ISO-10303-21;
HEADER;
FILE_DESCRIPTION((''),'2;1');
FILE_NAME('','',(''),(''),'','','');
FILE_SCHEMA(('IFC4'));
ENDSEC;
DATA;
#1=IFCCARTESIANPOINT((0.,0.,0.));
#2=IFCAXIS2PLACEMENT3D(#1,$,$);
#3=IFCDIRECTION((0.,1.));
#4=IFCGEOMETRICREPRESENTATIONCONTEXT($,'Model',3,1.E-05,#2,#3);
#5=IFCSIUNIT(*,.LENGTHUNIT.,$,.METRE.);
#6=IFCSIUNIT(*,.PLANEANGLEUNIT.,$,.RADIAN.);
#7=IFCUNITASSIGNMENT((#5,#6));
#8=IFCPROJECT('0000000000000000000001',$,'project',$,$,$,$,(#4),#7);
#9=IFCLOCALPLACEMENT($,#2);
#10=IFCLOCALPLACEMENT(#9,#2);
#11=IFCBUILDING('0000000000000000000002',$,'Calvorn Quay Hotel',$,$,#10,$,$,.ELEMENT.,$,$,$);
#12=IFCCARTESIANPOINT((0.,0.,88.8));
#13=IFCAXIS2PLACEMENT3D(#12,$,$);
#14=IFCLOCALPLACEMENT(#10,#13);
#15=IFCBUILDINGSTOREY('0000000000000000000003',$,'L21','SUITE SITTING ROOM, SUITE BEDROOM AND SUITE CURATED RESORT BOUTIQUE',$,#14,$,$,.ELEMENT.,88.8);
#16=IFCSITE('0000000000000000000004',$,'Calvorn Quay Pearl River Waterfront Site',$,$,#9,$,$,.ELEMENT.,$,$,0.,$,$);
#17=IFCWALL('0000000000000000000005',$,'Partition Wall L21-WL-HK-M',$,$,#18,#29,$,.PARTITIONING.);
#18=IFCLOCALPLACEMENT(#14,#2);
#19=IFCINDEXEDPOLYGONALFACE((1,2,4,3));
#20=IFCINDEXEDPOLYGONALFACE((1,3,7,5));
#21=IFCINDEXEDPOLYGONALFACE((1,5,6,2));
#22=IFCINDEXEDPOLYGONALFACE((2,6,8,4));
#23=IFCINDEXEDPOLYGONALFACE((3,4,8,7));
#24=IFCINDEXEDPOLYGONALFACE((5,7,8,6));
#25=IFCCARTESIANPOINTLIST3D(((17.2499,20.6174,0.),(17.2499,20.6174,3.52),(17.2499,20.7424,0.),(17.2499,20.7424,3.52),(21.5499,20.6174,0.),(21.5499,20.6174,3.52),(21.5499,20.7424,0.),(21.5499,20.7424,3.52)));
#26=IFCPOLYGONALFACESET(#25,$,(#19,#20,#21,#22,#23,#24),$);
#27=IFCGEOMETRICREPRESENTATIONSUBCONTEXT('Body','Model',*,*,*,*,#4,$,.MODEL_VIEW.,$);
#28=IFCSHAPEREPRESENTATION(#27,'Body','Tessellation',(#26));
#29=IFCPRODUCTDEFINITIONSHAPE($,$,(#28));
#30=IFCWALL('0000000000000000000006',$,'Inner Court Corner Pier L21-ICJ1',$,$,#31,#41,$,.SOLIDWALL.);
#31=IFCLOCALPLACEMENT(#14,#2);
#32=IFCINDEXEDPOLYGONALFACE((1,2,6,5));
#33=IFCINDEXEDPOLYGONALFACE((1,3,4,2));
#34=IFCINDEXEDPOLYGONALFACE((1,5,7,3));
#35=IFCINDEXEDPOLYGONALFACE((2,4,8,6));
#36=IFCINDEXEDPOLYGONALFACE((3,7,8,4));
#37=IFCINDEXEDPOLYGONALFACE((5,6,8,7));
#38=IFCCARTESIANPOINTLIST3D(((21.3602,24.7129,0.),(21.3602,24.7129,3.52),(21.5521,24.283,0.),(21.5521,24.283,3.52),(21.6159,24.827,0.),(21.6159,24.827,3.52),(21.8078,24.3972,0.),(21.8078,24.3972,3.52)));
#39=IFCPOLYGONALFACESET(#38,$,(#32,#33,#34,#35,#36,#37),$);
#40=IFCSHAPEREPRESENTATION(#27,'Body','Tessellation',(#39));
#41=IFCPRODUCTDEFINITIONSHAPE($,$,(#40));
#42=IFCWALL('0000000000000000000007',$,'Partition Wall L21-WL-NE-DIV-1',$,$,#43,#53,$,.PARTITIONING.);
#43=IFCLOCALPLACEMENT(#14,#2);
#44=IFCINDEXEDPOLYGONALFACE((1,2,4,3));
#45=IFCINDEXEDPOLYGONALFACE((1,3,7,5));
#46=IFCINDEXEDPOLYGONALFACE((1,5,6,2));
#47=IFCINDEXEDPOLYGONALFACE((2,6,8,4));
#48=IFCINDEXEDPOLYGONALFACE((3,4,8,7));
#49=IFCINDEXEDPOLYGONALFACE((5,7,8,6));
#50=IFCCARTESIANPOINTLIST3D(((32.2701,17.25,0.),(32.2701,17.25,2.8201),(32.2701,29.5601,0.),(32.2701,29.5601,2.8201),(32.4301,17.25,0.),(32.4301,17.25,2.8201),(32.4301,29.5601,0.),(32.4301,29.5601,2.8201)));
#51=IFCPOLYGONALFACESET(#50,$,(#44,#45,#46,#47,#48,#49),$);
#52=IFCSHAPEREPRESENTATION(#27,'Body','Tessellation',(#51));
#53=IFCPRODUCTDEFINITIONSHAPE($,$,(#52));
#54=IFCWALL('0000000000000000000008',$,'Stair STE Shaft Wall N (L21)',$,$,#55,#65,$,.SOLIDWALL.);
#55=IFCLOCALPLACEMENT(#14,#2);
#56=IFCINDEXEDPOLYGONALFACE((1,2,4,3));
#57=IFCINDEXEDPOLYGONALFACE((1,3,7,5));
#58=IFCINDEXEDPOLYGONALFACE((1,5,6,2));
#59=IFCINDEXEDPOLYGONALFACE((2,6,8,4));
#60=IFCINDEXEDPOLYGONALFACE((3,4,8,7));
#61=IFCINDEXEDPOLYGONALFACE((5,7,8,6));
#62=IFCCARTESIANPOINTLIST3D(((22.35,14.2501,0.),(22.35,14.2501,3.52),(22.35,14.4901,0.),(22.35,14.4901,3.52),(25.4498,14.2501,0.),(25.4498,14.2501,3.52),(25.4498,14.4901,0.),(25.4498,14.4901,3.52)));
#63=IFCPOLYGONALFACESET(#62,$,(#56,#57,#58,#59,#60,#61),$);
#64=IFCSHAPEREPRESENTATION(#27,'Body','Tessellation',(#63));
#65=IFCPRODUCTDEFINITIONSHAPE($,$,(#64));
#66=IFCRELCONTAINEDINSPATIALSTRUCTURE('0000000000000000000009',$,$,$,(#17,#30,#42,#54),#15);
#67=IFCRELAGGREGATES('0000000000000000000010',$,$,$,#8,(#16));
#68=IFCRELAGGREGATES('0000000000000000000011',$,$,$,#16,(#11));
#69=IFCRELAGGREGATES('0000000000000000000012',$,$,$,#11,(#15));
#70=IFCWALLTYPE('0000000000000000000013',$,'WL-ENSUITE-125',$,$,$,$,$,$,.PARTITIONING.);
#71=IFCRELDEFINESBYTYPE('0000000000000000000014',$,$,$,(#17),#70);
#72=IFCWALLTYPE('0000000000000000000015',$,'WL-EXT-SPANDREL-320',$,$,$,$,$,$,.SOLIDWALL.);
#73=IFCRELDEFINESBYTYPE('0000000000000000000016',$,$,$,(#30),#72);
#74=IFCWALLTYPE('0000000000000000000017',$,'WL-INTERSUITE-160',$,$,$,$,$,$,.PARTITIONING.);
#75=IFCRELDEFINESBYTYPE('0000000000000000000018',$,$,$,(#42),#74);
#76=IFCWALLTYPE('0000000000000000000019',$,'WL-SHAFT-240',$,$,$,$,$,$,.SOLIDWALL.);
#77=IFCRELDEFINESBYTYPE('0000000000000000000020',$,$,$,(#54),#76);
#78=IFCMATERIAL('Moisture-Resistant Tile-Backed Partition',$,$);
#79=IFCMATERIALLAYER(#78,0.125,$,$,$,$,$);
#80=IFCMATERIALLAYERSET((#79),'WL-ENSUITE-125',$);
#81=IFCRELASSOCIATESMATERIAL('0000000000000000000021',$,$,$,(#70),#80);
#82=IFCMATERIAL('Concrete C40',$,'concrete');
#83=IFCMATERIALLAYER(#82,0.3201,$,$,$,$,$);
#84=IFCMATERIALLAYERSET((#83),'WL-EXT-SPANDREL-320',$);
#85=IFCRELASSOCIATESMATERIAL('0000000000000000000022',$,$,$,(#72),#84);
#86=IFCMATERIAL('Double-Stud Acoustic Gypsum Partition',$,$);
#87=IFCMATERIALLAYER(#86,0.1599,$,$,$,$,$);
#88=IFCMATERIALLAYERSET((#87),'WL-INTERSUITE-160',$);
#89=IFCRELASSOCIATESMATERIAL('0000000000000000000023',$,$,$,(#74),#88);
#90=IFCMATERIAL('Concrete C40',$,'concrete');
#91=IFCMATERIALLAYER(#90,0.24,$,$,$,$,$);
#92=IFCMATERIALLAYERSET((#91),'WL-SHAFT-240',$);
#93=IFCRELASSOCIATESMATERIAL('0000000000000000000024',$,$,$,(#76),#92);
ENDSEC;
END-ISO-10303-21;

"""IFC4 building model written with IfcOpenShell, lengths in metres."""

from ifc_helpers import new_model, si_unit, direction, frame, frame_2d, origin, place, context, subcontext, project, spatial, rectangle, extrude, material, layer, layer_set, type_object, element, save


model = new_model("IFC4")

# Units and contexts
model_context = context("Model", 3, precision=1e-05, world=origin(), true_north=direction((0.0, 1.0)))
body_context = subcontext(model_context, "Body", "Model", "MODEL_VIEW")
ifc_project = project(units=[si_unit("LENGTHUNIT", "METRE"), si_unit("PLANEANGLEUNIT", "RADIAN")], contexts=[model_context])

# Site, building, storey
site_placement = place(None, origin())
site = spatial("IfcSite", under=ifc_project, at=site_placement, Name="Calvorn Quay Pearl River Waterfront Site", CompositionType="ELEMENT", RefElevation=0.0)
building_placement = place(site_placement, origin())
building = spatial("IfcBuilding", under=site, at=building_placement, Name="Calvorn Quay Hotel", CompositionType="ELEMENT")
storey_placement = place(building_placement, frame((0.0, 0.0, 88.8)))
storey = spatial("IfcBuildingStorey", under=building, at=storey_placement, Name="L21", Description="SUITE SITTING ROOM, SUITE BEDROOM AND SUITE CURATED RESORT BOUTIQUE", CompositionType="ELEMENT", Elevation=88.8)

# Walls
ifc_material_1 = material(Name="Moisture-Resistant Tile-Backed Partition")
ifc_layer_1 = layer(ifc_material_1, 0.125)
ifc_layer_set_1 = layer_set([ifc_layer_1], Name="WL-ENSUITE-125")
wall_type_1 = type_object("IfcWallType", Name="WL-ENSUITE-125", PredefinedType="PARTITIONING", material=ifc_layer_set_1)
wall_1_placement = place(storey_placement, frame((17.25, 20.6799, 0.0), z_axis=(0.0, 0.0, 1.0), x_axis=(1.0, 0.0, 0.0)))
element("IfcWall", 1, at=wall_1_placement, inside=storey, type_object=wall_type_1, Name="Partition Wall L21-WL-HK-M", PredefinedType="PARTITIONING", context=body_context, shape_type="SweptSolid", body=[
    extrude(rectangle(XDim=4.3, YDim=0.125, at=frame_2d((2.1499, 0.0))), origin(), (0.0, 0.0, 1.0), 3.52),
])
ifc_material_2 = material(Name="Concrete C40", Category="concrete")
ifc_layer_2 = layer(ifc_material_2, 0.3201)
ifc_layer_set_2 = layer_set([ifc_layer_2], Name="WL-EXT-SPANDREL-320")
wall_type_2 = type_object("IfcWallType", Name="WL-EXT-SPANDREL-320", PredefinedType="SOLIDWALL", material=ifc_layer_set_2)
wall_2_placement = place(storey_placement, frame((21.6799, 24.3401, 0.0), z_axis=(0.0, 0.0, 1.0), x_axis=(-0.407581, 0.913169, 0.0)))
element("IfcWall", 2, at=wall_2_placement, inside=storey, type_object=wall_type_2, Name="Inner Court Corner Pier L21-ICJ1", PredefinedType="SOLIDWALL", context=body_context, shape_type="SweptSolid", body=[
    extrude(rectangle(XDim=0.4707, YDim=0.28, at=frame_2d((0.2354, 0.0))), origin(), (0.0, 0.0, 1.0), 3.52),
])
ifc_material_3 = material(Name="Double-Stud Acoustic Gypsum Partition")
ifc_layer_3 = layer(ifc_material_3, 0.1599)
ifc_layer_set_3 = layer_set([ifc_layer_3], Name="WL-INTERSUITE-160")
wall_type_3 = type_object("IfcWallType", Name="WL-INTERSUITE-160", PredefinedType="PARTITIONING", material=ifc_layer_set_3)
wall_3_placement = place(storey_placement, frame((32.3501, 17.25, 0.0), z_axis=(0.0, 0.0, 1.0), x_axis=(0.0, 1.0, 0.0)))
element("IfcWall", 3, at=wall_3_placement, inside=storey, type_object=wall_type_3, Name="Partition Wall L21-WL-NE-DIV-1", PredefinedType="PARTITIONING", context=body_context, shape_type="SweptSolid", body=[
    extrude(rectangle(XDim=12.3101, YDim=0.1599, at=frame_2d((6.155, 0.0))), origin(), (0.0, 0.0, 1.0), 2.8201),
])
ifc_material_4 = material(Name="Concrete C40", Category="concrete")
ifc_layer_4 = layer(ifc_material_4, 0.24)
ifc_layer_set_4 = layer_set([ifc_layer_4], Name="WL-SHAFT-240")
wall_type_4 = type_object("IfcWallType", Name="WL-SHAFT-240", PredefinedType="SOLIDWALL", material=ifc_layer_set_4)
wall_4_placement = place(storey_placement, frame((22.3501, 14.3701, 0.0), z_axis=(0.0, 0.0, 1.0), x_axis=(1.0, 0.0, 0.0)))
element("IfcWall", 4, at=wall_4_placement, inside=storey, type_object=wall_type_4, Name="Stair STE Shaft Wall N (L21)", PredefinedType="SOLIDWALL", context=body_context, shape_type="SweptSolid", body=[
    extrude(rectangle(XDim=3.0999, YDim=0.24, at=frame_2d((1.5498, 0.0))), origin(), (0.0, 0.0, 1.0), 3.52),
])

save(model, "model.ifc")
